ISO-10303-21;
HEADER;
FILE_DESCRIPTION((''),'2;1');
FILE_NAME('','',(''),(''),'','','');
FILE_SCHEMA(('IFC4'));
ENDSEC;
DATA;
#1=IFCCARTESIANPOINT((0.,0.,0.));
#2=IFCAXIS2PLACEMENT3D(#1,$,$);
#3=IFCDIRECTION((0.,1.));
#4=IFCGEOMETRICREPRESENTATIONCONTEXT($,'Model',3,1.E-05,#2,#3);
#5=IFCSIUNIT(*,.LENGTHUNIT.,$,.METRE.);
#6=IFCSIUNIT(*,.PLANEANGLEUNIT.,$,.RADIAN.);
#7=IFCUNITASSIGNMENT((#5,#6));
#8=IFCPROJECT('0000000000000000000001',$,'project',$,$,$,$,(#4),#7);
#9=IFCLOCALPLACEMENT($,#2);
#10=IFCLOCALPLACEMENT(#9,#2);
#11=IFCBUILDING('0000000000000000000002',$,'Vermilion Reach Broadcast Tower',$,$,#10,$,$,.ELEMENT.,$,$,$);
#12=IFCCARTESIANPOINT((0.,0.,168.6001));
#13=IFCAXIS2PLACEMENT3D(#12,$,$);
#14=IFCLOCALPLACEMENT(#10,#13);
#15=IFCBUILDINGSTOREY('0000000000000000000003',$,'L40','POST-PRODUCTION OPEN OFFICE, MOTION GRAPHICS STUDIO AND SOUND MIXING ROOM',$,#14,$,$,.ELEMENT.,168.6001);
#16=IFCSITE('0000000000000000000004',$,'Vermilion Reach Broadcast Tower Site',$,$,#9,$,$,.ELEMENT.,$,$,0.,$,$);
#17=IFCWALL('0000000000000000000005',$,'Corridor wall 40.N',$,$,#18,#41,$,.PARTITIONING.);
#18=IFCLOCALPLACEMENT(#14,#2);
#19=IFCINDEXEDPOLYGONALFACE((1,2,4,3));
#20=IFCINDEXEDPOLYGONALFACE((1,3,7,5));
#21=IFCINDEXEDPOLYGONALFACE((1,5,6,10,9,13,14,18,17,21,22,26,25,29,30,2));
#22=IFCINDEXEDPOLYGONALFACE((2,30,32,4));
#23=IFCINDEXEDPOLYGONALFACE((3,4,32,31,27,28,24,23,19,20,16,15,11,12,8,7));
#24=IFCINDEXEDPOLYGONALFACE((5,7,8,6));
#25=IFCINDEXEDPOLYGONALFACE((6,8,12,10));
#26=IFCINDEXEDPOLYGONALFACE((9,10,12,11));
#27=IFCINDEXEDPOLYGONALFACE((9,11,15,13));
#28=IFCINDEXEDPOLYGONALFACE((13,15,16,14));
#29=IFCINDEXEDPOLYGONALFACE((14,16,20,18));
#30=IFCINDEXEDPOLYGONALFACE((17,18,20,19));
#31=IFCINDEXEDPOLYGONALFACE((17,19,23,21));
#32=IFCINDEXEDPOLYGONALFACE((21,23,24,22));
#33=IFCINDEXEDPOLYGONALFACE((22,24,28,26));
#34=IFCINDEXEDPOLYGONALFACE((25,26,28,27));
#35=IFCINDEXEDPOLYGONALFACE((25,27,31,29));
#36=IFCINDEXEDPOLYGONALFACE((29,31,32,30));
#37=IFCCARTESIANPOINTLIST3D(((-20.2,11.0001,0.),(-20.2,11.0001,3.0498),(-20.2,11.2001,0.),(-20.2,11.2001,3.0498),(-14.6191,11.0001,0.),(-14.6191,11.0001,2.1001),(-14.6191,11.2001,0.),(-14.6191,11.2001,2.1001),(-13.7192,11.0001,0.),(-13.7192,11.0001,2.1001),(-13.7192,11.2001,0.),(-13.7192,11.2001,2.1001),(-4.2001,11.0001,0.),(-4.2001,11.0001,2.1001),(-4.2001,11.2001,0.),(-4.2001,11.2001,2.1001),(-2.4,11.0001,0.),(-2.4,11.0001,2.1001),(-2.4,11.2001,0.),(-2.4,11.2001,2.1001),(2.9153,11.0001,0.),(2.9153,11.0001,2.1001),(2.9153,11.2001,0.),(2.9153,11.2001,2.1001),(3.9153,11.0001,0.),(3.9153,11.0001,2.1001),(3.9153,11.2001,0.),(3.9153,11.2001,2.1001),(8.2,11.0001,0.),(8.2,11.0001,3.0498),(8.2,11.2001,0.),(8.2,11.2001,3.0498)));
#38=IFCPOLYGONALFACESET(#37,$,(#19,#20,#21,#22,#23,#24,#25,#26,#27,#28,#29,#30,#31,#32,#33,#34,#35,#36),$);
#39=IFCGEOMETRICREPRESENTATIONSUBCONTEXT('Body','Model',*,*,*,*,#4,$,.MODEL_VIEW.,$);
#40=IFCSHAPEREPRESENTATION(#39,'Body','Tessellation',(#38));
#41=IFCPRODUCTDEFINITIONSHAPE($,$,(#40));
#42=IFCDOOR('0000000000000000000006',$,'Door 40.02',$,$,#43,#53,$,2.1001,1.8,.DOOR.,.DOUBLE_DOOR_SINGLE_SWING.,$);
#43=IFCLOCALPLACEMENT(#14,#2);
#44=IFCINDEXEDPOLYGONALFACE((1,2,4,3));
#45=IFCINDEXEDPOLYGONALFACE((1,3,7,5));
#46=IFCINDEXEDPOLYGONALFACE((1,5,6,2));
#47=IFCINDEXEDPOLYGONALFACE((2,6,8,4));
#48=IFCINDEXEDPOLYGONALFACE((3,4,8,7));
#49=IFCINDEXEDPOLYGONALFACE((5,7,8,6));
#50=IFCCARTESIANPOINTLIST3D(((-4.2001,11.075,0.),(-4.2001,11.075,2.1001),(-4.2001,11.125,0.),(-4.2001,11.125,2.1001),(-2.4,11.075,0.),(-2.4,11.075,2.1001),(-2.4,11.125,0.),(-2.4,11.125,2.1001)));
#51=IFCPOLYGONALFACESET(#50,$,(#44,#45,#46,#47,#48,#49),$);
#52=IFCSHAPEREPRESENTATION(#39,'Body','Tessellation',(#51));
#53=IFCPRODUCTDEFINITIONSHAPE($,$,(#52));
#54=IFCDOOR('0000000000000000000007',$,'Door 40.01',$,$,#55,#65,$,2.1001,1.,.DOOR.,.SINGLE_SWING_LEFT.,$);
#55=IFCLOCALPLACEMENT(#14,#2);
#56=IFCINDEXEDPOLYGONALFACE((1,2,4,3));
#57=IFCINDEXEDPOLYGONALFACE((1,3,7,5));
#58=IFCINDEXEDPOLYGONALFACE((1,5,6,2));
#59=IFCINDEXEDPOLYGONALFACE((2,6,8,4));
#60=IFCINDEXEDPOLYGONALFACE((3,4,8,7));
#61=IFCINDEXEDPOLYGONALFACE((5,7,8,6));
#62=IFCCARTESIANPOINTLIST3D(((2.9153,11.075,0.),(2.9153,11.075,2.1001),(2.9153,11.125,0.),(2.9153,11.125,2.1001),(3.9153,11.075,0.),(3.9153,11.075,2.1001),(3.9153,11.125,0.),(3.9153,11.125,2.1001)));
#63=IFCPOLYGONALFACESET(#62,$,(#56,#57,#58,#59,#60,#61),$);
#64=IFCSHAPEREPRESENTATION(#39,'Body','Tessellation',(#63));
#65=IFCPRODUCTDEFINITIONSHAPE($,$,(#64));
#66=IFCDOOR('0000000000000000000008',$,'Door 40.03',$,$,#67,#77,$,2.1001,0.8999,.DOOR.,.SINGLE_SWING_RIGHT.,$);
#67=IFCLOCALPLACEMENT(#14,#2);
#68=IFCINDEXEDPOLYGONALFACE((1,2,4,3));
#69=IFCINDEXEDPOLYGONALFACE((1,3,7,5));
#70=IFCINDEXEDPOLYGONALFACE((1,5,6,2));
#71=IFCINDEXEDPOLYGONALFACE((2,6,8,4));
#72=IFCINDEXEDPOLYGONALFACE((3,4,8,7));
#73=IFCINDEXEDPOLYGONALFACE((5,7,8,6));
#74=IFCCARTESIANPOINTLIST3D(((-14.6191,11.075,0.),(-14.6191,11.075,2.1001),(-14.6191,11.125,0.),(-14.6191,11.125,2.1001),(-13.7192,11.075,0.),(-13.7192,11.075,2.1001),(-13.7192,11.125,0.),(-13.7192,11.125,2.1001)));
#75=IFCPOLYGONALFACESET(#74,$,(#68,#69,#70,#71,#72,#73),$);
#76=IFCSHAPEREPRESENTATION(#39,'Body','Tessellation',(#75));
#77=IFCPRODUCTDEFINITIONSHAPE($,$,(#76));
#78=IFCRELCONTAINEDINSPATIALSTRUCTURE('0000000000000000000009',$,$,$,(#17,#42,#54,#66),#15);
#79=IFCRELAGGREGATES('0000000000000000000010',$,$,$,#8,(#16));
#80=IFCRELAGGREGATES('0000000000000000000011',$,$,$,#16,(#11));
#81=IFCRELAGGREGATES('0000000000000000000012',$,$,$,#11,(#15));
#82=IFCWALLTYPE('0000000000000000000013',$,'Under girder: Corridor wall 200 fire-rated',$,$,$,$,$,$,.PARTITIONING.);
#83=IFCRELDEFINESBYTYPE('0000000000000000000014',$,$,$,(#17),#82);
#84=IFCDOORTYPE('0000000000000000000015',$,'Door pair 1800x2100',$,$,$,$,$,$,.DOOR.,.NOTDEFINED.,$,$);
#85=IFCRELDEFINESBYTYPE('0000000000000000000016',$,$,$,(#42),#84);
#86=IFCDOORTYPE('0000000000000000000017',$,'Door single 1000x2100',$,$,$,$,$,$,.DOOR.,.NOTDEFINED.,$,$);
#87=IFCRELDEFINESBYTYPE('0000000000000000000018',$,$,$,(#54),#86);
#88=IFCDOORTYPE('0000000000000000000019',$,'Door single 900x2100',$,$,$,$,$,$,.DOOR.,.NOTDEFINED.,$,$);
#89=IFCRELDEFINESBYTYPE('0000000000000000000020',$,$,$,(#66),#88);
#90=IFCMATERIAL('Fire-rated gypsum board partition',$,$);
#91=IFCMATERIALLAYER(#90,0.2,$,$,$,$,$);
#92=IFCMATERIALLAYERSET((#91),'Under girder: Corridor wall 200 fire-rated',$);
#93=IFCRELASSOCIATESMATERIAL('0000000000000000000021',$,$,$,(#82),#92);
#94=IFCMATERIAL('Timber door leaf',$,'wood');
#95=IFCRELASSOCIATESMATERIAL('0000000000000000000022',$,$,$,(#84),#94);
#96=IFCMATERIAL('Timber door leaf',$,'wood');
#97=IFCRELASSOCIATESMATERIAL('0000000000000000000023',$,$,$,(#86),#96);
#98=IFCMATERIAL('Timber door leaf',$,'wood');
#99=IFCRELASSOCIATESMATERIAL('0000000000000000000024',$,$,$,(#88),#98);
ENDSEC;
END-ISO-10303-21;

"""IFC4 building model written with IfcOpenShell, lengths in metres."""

from ifc_helpers import new_model, si_unit, direction, frame, frame_2d, origin, place, context, subcontext, project, spatial, rectangle, extrude, material, layer, layer_set, type_object, element, fill, save


model = new_model("IFC4")

# Units and contexts
model_context = context("Model", 3, precision=1e-05, world=origin(), true_north=direction((0.0, 1.0)))
body_context = subcontext(model_context, "Body", "Model", "MODEL_VIEW")
ifc_project = project(units=[si_unit("LENGTHUNIT", "METRE"), si_unit("PLANEANGLEUNIT", "RADIAN")], contexts=[model_context])

# Site, building, storey
site_placement = place(None, origin())
site = spatial("IfcSite", under=ifc_project, at=site_placement, Name="Vermilion Reach Broadcast Tower Site", CompositionType="ELEMENT", RefElevation=0.0)
building_placement = place(site_placement, origin())
building = spatial("IfcBuilding", under=site, at=building_placement, Name="Vermilion Reach Broadcast Tower", CompositionType="ELEMENT")
storey_placement = place(building_placement, frame((0.0, 0.0, 168.6001)))
storey = spatial("IfcBuildingStorey", under=building, at=storey_placement, Name="L40", Description="POST-PRODUCTION OPEN OFFICE, MOTION GRAPHICS STUDIO AND SOUND MIXING ROOM", CompositionType="ELEMENT", Elevation=168.6001)

# Wall, openings, doors
ifc_material_1 = material(Name="Fire-rated gypsum board partition")
ifc_layer_1 = layer(ifc_material_1, 0.2)
ifc_layer_set_1 = layer_set([ifc_layer_1], Name="Under girder: Corridor wall 200 fire-rated")
wall_type_1 = type_object("IfcWallType", Name="Under girder: Corridor wall 200 fire-rated", PredefinedType="PARTITIONING", material=ifc_layer_set_1)
wall_1_placement = place(storey_placement, frame((-20.2, 11.1001, 0.0), z_axis=(0.0, 0.0, 1.0), x_axis=(1.0, 0.0, 0.0)))
wall_1 = element("IfcWall", 1, at=wall_1_placement, inside=storey, type_object=wall_type_1, Name="Corridor wall 40.N", PredefinedType="PARTITIONING", context=body_context, shape_type="SweptSolid", body=[
    extrude(rectangle(XDim=28.3999, YDim=0.2, at=frame_2d((14.2, 0.0))), origin(), (0.0, 0.0, 1.0), 3.0498),
])
opening_1_placement = place(wall_1_placement, frame((23.1152, 0.0, 0.0)))
opening_1 = element("IfcOpeningElement", 2, at=opening_1_placement, cuts=wall_1, PredefinedType="OPENING", context=body_context, shape_type="SweptSolid", body=[
    extrude(rectangle(XDim=1.0, YDim=2.1001, at=frame_2d((0.5, 1.05))), frame((0.0, 0.1099, 0.0), z_axis=(0.0, -1.0, 0.0), x_axis=(1.0, 0.0, 0.0)), (0.0, 0.0, 1.0), 0.22),
])
opening_2_placement = place(wall_1_placement, frame((16.0, 0.0, 0.0)))
opening_2 = element("IfcOpeningElement", 3, at=opening_2_placement, cuts=wall_1, PredefinedType="OPENING", context=body_context, shape_type="SweptSolid", body=[
    extrude(rectangle(XDim=1.8, YDim=2.1001, at=frame_2d((0.8999, 1.05))), frame((0.0, 0.1099, 0.0), z_axis=(0.0, -1.0, 0.0), x_axis=(1.0, 0.0, 0.0)), (0.0, 0.0, 1.0), 0.22),
])
opening_3_placement = place(wall_1_placement, frame((5.5808, 0.0, 0.0)))
opening_3 = element("IfcOpeningElement", 4, at=opening_3_placement, cuts=wall_1, PredefinedType="OPENING", context=body_context, shape_type="SweptSolid", body=[
    extrude(rectangle(XDim=0.8999, YDim=2.1001, at=frame_2d((0.45, 1.05))), frame((0.0, 0.1099, 0.0), z_axis=(0.0, -1.0, 0.0), x_axis=(1.0, 0.0, 0.0)), (0.0, 0.0, 1.0), 0.22),
])
ifc_material_2 = material(Name="Timber door leaf", Category="wood")
door_type_1 = type_object("IfcDoorType", Name="Door pair 1800x2100", OperationType="NOTDEFINED", PredefinedType="DOOR", material=ifc_material_2)
door_1_placement = place(opening_2_placement, origin())
door_1 = element("IfcDoor", 5, at=door_1_placement, inside=storey, type_object=door_type_1, Name="Door 40.02", OperationType="DOUBLE_DOOR_SINGLE_SWING", OverallHeight=2.1001, OverallWidth=1.8, PredefinedType="DOOR", context=body_context, shape_type="SweptSolid", body=[
    extrude(rectangle(XDim=1.8, YDim=2.1001, at=frame_2d((0.8999, 1.05))), frame((0.0, 0.0249, 0.0), z_axis=(0.0, -1.0, 0.0), x_axis=(1.0, 0.0, 0.0)), (0.0, 0.0, 1.0), 0.05),
])
fill(opening_2, door_1)
ifc_material_3 = material(Name="Timber door leaf", Category="wood")
door_type_2 = type_object("IfcDoorType", Name="Door single 1000x2100", OperationType="NOTDEFINED", PredefinedType="DOOR", material=ifc_material_3)
door_2_placement = place(opening_1_placement, origin())
door_2 = element("IfcDoor", 6, at=door_2_placement, inside=storey, type_object=door_type_2, Name="Door 40.01", OperationType="SINGLE_SWING_LEFT", OverallHeight=2.1001, OverallWidth=1.0, PredefinedType="DOOR", context=body_context, shape_type="SweptSolid", body=[
    extrude(rectangle(XDim=1.0, YDim=2.1001, at=frame_2d((0.5, 1.05))), frame((0.0, 0.0249, 0.0), z_axis=(0.0, -1.0, 0.0), x_axis=(1.0, 0.0, 0.0)), (0.0, 0.0, 1.0), 0.05),
])
fill(opening_1, door_2)
ifc_material_4 = material(Name="Timber door leaf", Category="wood")
door_type_3 = type_object("IfcDoorType", Name="Door single 900x2100", OperationType="NOTDEFINED", PredefinedType="DOOR", material=ifc_material_4)
door_3_placement = place(opening_3_placement, origin())
door_3 = element("IfcDoor", 7, at=door_3_placement, inside=storey, type_object=door_type_3, Name="Door 40.03", OperationType="SINGLE_SWING_RIGHT", OverallHeight=2.1001, OverallWidth=0.8999, PredefinedType="DOOR", context=body_context, shape_type="SweptSolid", body=[
    extrude(rectangle(XDim=0.8999, YDim=2.1001, at=frame_2d((0.45, 1.05))), frame((0.0, 0.0249, 0.0), z_axis=(0.0, -1.0, 0.0), x_axis=(1.0, 0.0, 0.0)), (0.0, 0.0, 1.0), 0.05),
])
fill(opening_3, door_3)

save(model, "model.ifc")
